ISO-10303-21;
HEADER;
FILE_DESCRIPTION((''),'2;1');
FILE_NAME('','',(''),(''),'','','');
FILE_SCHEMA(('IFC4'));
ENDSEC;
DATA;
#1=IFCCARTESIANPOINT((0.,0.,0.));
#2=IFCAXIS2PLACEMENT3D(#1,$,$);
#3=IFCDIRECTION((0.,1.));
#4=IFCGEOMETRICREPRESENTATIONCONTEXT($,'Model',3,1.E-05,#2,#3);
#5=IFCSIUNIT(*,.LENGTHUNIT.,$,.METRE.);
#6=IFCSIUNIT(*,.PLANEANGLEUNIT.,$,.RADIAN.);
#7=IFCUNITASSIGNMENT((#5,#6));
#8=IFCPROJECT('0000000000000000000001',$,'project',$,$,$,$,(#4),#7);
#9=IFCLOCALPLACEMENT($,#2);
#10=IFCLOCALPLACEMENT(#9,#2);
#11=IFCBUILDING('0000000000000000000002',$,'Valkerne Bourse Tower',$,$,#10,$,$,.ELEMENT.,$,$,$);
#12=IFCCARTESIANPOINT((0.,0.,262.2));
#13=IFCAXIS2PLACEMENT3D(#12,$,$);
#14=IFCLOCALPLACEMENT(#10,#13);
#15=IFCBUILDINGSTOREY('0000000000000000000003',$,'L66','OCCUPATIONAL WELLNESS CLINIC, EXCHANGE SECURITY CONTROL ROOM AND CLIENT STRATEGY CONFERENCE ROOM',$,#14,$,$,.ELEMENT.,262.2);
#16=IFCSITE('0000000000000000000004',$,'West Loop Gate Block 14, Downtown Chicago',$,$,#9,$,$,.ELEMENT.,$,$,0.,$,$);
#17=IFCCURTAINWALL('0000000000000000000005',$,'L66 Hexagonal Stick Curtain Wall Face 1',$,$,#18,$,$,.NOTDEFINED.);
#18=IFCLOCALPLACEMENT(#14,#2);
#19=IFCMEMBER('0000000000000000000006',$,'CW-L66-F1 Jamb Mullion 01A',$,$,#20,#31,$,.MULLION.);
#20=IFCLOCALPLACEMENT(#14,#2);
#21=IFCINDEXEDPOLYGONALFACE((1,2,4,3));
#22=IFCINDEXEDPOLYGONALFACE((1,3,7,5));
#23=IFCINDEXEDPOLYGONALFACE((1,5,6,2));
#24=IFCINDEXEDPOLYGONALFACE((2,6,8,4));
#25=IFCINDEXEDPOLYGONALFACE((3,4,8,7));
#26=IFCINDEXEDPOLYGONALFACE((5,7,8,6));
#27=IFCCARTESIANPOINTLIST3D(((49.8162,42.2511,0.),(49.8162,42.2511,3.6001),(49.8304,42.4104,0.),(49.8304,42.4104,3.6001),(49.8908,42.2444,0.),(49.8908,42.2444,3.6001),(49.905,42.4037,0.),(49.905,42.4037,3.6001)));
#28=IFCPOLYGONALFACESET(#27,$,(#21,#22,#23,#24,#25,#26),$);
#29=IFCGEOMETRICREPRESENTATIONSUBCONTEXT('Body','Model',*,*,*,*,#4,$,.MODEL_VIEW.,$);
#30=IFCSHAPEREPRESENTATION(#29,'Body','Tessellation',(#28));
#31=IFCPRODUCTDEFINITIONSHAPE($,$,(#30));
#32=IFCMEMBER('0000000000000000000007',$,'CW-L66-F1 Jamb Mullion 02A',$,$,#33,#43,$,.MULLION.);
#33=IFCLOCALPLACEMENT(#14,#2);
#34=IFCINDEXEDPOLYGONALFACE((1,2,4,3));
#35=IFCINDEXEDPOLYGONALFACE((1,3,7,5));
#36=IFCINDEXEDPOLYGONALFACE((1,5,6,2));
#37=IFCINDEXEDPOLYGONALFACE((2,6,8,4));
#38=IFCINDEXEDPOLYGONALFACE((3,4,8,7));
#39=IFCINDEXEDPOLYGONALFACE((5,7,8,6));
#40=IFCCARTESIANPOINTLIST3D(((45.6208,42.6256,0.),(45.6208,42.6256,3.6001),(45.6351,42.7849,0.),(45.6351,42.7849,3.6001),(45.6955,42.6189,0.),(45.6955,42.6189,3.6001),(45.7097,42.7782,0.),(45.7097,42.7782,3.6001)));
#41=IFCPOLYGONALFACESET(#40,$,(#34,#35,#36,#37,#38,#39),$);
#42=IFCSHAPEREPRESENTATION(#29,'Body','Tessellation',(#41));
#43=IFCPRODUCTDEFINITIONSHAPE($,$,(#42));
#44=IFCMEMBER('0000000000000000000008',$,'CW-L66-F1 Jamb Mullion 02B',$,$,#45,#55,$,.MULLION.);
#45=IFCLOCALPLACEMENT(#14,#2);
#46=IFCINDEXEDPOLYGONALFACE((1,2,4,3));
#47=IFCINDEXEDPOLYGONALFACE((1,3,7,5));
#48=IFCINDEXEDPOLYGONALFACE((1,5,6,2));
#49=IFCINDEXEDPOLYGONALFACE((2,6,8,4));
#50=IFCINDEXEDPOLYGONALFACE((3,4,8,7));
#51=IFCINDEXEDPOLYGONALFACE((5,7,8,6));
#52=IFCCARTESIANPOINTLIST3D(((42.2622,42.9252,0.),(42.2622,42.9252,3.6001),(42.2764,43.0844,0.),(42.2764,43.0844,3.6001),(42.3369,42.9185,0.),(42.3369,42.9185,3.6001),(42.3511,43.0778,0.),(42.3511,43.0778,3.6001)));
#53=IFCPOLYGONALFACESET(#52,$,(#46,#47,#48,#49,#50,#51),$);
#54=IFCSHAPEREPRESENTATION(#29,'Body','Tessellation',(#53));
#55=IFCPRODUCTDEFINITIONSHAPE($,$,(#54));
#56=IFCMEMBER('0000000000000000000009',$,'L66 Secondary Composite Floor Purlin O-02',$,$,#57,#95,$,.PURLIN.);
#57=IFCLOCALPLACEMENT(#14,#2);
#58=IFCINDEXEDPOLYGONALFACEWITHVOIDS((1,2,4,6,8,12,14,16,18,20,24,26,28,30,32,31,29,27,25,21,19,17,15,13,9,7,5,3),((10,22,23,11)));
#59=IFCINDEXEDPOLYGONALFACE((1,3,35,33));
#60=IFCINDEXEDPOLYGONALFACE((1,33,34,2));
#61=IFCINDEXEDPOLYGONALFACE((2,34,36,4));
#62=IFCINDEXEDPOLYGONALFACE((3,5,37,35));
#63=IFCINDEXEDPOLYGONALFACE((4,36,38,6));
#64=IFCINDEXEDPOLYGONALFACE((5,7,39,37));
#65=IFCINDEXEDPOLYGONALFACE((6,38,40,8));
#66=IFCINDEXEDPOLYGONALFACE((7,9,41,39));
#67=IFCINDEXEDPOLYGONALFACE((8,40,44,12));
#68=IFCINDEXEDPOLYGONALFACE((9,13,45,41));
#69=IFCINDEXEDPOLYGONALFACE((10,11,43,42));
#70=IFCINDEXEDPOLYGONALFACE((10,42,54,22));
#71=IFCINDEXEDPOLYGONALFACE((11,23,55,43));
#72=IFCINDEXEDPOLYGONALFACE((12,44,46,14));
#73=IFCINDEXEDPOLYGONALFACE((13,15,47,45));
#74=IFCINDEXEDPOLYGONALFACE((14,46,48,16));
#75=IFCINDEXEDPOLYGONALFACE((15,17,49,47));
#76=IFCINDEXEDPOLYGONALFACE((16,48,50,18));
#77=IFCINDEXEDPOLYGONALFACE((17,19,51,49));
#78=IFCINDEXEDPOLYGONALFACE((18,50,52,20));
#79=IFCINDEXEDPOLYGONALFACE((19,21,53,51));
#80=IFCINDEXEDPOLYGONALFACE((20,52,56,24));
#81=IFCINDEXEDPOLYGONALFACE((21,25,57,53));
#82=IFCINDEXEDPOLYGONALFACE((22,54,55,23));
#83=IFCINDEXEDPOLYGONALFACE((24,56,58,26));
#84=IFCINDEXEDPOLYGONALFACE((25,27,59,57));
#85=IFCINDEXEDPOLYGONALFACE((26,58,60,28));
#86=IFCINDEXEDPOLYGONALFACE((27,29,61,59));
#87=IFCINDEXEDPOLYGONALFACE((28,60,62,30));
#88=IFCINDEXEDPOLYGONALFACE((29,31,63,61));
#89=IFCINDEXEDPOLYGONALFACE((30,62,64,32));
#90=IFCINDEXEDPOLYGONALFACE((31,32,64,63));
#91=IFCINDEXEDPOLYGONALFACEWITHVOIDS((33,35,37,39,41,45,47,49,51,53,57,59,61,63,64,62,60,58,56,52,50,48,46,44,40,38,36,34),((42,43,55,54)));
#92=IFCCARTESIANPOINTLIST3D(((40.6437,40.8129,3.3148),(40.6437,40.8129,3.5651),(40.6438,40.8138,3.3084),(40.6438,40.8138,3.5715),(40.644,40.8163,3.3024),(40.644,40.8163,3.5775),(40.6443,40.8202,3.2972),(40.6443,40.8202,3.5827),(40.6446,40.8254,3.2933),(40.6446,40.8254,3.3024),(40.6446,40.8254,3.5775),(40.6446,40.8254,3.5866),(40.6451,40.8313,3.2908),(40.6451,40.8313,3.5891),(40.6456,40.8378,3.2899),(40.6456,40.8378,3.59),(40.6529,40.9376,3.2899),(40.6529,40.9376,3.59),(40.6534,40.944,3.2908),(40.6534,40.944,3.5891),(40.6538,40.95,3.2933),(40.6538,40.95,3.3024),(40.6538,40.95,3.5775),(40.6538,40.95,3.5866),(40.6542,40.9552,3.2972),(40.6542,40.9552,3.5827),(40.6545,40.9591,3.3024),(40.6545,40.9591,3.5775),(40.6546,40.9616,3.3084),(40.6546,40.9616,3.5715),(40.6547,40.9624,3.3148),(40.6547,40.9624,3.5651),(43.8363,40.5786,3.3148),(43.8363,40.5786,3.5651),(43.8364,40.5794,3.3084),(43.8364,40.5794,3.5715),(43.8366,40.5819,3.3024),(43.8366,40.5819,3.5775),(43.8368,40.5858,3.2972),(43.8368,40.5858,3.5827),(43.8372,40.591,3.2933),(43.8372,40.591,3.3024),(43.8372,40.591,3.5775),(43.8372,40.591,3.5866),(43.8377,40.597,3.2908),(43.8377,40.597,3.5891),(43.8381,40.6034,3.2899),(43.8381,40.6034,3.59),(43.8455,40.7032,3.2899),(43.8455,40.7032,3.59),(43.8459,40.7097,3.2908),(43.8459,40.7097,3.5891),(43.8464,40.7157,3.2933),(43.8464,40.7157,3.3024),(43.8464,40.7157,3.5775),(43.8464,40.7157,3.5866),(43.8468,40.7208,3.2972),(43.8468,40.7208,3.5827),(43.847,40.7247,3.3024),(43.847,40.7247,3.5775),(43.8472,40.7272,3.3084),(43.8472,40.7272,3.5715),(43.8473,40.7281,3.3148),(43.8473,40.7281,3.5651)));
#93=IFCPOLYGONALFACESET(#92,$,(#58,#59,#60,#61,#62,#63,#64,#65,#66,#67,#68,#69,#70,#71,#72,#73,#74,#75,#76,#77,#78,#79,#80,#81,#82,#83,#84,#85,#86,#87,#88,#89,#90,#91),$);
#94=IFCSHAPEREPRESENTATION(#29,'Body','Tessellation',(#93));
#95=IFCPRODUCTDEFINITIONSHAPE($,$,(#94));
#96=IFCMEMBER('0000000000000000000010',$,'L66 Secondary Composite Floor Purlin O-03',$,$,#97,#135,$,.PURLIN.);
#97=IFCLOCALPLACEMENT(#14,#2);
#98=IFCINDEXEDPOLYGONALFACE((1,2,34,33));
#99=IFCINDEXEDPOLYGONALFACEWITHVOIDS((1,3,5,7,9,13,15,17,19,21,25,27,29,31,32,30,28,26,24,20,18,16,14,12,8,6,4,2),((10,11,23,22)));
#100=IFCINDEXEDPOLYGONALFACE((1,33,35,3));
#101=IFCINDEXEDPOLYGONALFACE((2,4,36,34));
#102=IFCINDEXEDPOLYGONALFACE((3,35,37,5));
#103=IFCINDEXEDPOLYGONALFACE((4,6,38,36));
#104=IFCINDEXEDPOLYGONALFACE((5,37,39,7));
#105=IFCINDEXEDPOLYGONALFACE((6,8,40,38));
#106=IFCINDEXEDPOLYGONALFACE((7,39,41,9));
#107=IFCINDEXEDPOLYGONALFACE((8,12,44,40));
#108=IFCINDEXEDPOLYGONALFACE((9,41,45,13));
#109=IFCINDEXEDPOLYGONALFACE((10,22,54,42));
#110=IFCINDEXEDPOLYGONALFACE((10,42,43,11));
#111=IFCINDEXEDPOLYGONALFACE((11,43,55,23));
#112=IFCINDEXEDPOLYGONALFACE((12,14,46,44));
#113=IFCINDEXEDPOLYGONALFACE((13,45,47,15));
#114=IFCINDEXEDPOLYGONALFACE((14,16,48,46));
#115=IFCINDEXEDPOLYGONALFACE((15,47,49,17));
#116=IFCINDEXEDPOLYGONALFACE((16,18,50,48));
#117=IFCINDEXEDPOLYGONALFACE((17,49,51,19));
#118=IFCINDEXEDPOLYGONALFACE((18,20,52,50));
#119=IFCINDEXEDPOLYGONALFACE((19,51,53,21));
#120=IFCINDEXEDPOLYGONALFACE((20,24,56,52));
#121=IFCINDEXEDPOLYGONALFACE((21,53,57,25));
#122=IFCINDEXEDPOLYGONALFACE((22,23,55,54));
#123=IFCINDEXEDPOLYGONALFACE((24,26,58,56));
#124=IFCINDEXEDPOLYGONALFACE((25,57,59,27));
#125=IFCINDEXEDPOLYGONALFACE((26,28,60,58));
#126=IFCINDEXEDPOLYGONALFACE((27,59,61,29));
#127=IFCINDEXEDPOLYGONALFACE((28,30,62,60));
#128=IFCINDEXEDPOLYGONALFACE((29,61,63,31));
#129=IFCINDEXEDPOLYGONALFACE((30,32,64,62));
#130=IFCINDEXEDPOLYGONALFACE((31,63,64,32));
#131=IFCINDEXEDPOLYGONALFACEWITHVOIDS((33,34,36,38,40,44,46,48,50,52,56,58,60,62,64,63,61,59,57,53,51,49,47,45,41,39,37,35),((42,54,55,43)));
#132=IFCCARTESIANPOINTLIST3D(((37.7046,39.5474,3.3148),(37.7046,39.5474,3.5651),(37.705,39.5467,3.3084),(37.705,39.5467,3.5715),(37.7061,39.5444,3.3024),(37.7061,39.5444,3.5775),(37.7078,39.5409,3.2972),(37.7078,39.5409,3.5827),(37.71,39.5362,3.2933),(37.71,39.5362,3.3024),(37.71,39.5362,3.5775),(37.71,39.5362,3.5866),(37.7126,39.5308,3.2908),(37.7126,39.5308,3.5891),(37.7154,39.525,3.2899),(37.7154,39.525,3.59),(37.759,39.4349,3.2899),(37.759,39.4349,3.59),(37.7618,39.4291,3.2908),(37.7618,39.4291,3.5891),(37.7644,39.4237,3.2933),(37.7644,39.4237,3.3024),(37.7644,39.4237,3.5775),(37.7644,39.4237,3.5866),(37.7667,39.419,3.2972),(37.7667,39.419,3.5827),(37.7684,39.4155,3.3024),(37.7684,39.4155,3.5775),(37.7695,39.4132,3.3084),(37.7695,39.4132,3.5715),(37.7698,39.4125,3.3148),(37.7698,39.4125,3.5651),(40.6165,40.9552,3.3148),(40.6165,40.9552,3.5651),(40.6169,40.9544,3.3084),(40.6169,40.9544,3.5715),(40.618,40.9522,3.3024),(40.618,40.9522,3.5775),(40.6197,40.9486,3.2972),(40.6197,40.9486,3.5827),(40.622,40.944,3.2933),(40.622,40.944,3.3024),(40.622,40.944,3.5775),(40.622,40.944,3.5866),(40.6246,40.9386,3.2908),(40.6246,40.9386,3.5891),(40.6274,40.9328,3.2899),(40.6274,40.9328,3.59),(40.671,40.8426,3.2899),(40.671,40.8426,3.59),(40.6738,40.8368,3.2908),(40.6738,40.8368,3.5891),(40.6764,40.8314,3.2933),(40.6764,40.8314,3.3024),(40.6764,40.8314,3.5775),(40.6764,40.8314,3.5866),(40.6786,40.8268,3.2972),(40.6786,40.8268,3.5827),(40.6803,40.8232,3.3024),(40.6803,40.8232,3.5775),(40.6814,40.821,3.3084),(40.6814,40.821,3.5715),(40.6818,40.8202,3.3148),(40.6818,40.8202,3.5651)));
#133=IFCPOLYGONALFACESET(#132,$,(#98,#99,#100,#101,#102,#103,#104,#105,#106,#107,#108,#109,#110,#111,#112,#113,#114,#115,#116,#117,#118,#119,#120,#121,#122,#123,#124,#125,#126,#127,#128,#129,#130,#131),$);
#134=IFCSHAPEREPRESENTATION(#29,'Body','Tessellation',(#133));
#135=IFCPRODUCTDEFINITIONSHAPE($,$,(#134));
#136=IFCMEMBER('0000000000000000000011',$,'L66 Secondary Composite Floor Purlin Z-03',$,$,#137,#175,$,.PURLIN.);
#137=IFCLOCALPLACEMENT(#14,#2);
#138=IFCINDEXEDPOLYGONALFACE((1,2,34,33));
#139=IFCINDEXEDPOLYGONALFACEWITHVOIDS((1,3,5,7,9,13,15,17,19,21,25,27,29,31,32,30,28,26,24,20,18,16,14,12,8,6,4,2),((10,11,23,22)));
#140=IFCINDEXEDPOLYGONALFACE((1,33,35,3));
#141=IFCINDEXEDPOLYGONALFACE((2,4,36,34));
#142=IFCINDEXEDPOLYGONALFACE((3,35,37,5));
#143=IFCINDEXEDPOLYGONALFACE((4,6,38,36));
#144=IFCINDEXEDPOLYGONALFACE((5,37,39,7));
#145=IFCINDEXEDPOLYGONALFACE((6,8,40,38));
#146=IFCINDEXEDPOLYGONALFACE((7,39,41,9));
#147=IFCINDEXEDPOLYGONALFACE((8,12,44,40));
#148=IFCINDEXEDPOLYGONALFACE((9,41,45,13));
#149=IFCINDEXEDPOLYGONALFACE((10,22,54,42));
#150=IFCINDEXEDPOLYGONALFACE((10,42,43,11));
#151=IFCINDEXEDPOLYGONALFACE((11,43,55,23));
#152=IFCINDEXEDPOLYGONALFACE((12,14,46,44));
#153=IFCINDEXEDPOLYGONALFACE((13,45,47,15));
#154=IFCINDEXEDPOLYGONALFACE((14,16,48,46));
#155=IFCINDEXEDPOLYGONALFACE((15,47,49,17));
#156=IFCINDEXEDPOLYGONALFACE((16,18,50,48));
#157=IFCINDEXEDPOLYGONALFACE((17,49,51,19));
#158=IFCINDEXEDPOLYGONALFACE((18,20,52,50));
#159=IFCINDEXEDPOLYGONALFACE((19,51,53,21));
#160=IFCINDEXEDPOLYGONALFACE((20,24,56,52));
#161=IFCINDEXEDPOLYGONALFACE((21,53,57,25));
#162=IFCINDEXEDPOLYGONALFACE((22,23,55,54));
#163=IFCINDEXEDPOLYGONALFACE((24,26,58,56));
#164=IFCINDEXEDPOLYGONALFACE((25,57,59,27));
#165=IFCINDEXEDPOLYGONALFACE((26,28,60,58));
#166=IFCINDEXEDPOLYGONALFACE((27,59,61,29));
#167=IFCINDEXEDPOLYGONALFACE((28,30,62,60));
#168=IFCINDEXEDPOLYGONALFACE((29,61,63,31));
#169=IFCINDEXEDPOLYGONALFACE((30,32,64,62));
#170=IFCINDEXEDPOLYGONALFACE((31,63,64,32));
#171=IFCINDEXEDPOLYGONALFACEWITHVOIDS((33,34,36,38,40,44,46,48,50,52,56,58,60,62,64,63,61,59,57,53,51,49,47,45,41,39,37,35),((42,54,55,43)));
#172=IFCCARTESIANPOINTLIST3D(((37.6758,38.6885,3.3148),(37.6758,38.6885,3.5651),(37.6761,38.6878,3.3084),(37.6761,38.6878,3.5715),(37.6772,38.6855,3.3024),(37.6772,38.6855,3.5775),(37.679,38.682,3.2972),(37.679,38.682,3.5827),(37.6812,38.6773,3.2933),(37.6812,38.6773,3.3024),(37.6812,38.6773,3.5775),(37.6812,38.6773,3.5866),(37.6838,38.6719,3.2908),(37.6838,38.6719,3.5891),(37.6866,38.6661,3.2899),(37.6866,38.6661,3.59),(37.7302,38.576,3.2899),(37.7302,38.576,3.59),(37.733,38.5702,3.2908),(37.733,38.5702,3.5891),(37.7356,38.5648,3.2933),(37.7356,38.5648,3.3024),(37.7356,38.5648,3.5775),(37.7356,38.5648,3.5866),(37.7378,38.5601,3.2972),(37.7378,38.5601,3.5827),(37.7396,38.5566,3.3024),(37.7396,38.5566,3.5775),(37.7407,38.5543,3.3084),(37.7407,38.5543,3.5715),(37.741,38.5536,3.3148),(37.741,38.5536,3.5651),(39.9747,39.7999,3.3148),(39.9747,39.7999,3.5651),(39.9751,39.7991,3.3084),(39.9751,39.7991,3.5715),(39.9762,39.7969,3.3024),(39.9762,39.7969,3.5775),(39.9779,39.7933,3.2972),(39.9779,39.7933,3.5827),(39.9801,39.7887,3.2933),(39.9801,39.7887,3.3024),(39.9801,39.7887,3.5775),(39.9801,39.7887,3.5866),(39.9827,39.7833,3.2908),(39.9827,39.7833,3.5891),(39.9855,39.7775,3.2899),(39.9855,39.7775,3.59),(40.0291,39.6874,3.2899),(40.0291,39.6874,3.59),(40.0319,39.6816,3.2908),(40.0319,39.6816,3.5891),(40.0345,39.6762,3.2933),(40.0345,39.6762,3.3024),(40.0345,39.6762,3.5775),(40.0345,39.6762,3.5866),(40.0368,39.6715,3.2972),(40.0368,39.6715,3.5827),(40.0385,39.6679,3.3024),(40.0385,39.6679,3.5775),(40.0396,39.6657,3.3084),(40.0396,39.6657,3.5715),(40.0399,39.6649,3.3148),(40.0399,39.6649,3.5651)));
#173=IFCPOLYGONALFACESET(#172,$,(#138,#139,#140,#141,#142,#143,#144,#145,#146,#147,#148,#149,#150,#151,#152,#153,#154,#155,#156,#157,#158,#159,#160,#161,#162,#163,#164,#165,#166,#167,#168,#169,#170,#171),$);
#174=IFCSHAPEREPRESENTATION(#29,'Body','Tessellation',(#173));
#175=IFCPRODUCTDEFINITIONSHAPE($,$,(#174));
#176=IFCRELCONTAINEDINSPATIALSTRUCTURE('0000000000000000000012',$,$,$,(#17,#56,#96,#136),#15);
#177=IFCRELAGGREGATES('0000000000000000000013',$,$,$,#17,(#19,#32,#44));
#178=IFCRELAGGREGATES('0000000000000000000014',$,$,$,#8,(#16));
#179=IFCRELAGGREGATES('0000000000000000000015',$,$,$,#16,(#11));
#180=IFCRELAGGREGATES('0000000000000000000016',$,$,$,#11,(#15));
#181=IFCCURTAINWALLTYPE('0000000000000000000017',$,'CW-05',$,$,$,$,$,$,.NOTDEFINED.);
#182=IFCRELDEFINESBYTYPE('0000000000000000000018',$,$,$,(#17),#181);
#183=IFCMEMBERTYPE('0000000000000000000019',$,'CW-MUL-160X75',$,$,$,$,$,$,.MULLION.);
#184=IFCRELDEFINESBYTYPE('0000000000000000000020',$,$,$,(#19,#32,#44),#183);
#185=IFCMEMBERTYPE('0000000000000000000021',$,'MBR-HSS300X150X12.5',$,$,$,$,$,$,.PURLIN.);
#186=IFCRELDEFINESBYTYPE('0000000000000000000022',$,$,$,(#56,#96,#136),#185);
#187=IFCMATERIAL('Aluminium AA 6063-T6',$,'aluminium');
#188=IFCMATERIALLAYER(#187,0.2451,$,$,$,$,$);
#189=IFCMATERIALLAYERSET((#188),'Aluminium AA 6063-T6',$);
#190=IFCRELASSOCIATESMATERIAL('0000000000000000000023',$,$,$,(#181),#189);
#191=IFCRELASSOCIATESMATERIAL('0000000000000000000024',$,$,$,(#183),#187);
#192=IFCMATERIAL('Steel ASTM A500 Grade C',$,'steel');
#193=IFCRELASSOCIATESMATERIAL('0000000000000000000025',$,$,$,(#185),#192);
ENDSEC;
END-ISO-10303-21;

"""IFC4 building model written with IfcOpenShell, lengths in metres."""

from ifc_helpers import new_model, si_unit, direction, frame, origin, origin_2d, place, context, subcontext, project, spatial, rectangle, hollow_rectangle, extrude, material, layer, layer_set, material_profile, profile_set, type_object, element, aggregate, save


model = new_model("IFC4")

# Units and contexts
model_context = context("Model", 3, precision=1e-05, world=origin(), true_north=direction((0.0, 1.0)))
body_context = subcontext(model_context, "Body", "Model", "MODEL_VIEW")
ifc_project = project(units=[si_unit("LENGTHUNIT", "METRE"), si_unit("PLANEANGLEUNIT", "RADIAN")], contexts=[model_context])

# Site, building, storey
site_placement = place(None, origin())
site = spatial("IfcSite", under=ifc_project, at=site_placement, Name="West Loop Gate Block 14, Downtown Chicago", CompositionType="ELEMENT", RefElevation=0.0)
building_placement = place(site_placement, origin())
building = spatial("IfcBuilding", under=site, at=building_placement, Name="Valkerne Bourse Tower", CompositionType="ELEMENT")
storey_placement = place(building_placement, frame((0.0, 0.0, 262.2)))
storey = spatial("IfcBuildingStorey", under=building, at=storey_placement, Name="L66", Description="OCCUPATIONAL WELLNESS CLINIC, EXCHANGE SECURITY CONTROL ROOM AND CLIENT STRATEGY CONFERENCE ROOM", CompositionType="ELEMENT", Elevation=262.2)

# Curtain wall, members
ifc_material_1 = material(Name="Aluminium AA 6063-T6", Category="aluminium")
ifc_layer_1 = layer(ifc_material_1, 0.2451)
ifc_layer_set_1 = layer_set([ifc_layer_1], Name="Aluminium AA 6063-T6")
curtain_wall_type = type_object("IfcCurtainWallType", Name="CW-05", PredefinedType="NOTDEFINED", material=ifc_layer_set_1)
curtain_wall_placement = place(storey_placement, origin())
curtain_wall = element("IfcCurtainWall", 1, at=curtain_wall_placement, inside=storey, type_object=curtain_wall_type, Name="L66 Hexagonal Stick Curtain Wall Face 1", PredefinedType="NOTDEFINED")
ifc_material_profile_1 = material_profile(ifc_material_1, rectangle(XDim=0.075, YDim=0.1599, at=origin_2d()), Name="CWM-75X160")
ifc_profile_set_1 = profile_set([ifc_material_profile_1], Name="Aluminium AA 6063-T6")
member_type_1 = type_object("IfcMemberType", Name="CW-MUL-160X75", PredefinedType="MULLION", material=ifc_profile_set_1)
member_1_placement = place(storey_placement, frame((49.8606, 42.3274, 0.0), z_axis=(0.0, 0.0, 1.0), x_axis=(-0.996041, 0.088889, 0.0)))
member_1 = element("IfcMember", 2, at=member_1_placement, type_object=member_type_1, Name="CW-L66-F1 Jamb Mullion 01A", PredefinedType="MULLION", context=body_context, shape_type="SweptSolid", body=[
    extrude(rectangle(XDim=0.075, YDim=0.1599, at=origin_2d()), origin(), (0.0, 0.0, 1.0), 3.6001),
])
member_2_placement = place(storey_placement, frame((45.6653, 42.7019, 0.0), z_axis=(0.0, 0.0, 1.0), x_axis=(-0.996041, 0.088889, 0.0)))
member_2 = element("IfcMember", 3, at=member_2_placement, type_object=member_type_1, Name="CW-L66-F1 Jamb Mullion 02A", PredefinedType="MULLION", context=body_context, shape_type="SweptSolid", body=[
    extrude(rectangle(XDim=0.075, YDim=0.1599, at=origin_2d()), origin(), (0.0, 0.0, 1.0), 3.6001),
])
member_3_placement = place(storey_placement, frame((42.3066, 43.0015, 0.0), z_axis=(0.0, 0.0, 1.0), x_axis=(-0.996041, 0.088889, 0.0)))
member_3 = element("IfcMember", 4, at=member_3_placement, type_object=member_type_1, Name="CW-L66-F1 Jamb Mullion 02B", PredefinedType="MULLION", context=body_context, shape_type="SweptSolid", body=[
    extrude(rectangle(XDim=0.075, YDim=0.1599, at=origin_2d()), origin(), (0.0, 0.0, 1.0), 3.6001),
])

# Members
ifc_material_2 = material(Name="Steel ASTM A500 Grade C", Category="steel")
ifc_material_profile_2 = material_profile(ifc_material_2, hollow_rectangle(XDim=0.1499, YDim=0.3, WallThickness=0.0125, OuterFilletRadius=0.0249, at=origin_2d()), Name="HSS300X150X12.5")
ifc_profile_set_2 = profile_set([ifc_material_profile_2], Name="Steel ASTM A500 Grade C")
member_type_2 = type_object("IfcMemberType", Name="MBR-HSS300X150X12.5", PredefinedType="PURLIN", material=ifc_profile_set_2)
member_4_placement = place(storey_placement, frame((43.8418, 40.6533, 3.4399), z_axis=(-0.997316, 0.073214, 0.0), x_axis=(-0.073214, -0.997316, 0.0)))
element("IfcMember", 5, at=member_4_placement, inside=storey, type_object=member_type_2, Name="L66 Secondary Composite Floor Purlin O-02", PredefinedType="PURLIN", context=body_context, shape_type="SweptSolid", body=[
    extrude(hollow_rectangle(XDim=0.1499, YDim=0.3, WallThickness=0.0125, OuterFilletRadius=0.0249, at=origin_2d()), origin(), (0.0, 0.0, 1.0), 3.2012),
])
member_5_placement = place(storey_placement, frame((40.6492, 40.8877, 3.4399), z_axis=(-0.900311, -0.435247, 0.0), x_axis=(0.435247, -0.900311, 0.0)))
element("IfcMember", 6, at=member_5_placement, inside=storey, type_object=member_type_2, Name="L66 Secondary Composite Floor Purlin O-03", PredefinedType="PURLIN", context=body_context, shape_type="SweptSolid", body=[
    extrude(hollow_rectangle(XDim=0.1499, YDim=0.3, WallThickness=0.0125, OuterFilletRadius=0.0249, at=origin_2d()), origin(), (0.0, 0.0, 1.0), 3.2344),
])
member_6_placement = place(storey_placement, frame((40.0073, 39.7324, 3.4399), z_axis=(-0.900314, -0.435241, 0.0), x_axis=(0.435241, -0.900314, 0.0)))
element("IfcMember", 7, at=member_6_placement, inside=storey, type_object=member_type_2, Name="L66 Secondary Composite Floor Purlin Z-03", PredefinedType="PURLIN", context=body_context, shape_type="SweptSolid", body=[
    extrude(hollow_rectangle(XDim=0.1499, YDim=0.3, WallThickness=0.0125, OuterFilletRadius=0.0249, at=origin_2d()), origin(), (0.0, 0.0, 1.0), 2.5535),
])

aggregate(curtain_wall, [member_1, member_2, member_3])

save(model, "model.ifc")
